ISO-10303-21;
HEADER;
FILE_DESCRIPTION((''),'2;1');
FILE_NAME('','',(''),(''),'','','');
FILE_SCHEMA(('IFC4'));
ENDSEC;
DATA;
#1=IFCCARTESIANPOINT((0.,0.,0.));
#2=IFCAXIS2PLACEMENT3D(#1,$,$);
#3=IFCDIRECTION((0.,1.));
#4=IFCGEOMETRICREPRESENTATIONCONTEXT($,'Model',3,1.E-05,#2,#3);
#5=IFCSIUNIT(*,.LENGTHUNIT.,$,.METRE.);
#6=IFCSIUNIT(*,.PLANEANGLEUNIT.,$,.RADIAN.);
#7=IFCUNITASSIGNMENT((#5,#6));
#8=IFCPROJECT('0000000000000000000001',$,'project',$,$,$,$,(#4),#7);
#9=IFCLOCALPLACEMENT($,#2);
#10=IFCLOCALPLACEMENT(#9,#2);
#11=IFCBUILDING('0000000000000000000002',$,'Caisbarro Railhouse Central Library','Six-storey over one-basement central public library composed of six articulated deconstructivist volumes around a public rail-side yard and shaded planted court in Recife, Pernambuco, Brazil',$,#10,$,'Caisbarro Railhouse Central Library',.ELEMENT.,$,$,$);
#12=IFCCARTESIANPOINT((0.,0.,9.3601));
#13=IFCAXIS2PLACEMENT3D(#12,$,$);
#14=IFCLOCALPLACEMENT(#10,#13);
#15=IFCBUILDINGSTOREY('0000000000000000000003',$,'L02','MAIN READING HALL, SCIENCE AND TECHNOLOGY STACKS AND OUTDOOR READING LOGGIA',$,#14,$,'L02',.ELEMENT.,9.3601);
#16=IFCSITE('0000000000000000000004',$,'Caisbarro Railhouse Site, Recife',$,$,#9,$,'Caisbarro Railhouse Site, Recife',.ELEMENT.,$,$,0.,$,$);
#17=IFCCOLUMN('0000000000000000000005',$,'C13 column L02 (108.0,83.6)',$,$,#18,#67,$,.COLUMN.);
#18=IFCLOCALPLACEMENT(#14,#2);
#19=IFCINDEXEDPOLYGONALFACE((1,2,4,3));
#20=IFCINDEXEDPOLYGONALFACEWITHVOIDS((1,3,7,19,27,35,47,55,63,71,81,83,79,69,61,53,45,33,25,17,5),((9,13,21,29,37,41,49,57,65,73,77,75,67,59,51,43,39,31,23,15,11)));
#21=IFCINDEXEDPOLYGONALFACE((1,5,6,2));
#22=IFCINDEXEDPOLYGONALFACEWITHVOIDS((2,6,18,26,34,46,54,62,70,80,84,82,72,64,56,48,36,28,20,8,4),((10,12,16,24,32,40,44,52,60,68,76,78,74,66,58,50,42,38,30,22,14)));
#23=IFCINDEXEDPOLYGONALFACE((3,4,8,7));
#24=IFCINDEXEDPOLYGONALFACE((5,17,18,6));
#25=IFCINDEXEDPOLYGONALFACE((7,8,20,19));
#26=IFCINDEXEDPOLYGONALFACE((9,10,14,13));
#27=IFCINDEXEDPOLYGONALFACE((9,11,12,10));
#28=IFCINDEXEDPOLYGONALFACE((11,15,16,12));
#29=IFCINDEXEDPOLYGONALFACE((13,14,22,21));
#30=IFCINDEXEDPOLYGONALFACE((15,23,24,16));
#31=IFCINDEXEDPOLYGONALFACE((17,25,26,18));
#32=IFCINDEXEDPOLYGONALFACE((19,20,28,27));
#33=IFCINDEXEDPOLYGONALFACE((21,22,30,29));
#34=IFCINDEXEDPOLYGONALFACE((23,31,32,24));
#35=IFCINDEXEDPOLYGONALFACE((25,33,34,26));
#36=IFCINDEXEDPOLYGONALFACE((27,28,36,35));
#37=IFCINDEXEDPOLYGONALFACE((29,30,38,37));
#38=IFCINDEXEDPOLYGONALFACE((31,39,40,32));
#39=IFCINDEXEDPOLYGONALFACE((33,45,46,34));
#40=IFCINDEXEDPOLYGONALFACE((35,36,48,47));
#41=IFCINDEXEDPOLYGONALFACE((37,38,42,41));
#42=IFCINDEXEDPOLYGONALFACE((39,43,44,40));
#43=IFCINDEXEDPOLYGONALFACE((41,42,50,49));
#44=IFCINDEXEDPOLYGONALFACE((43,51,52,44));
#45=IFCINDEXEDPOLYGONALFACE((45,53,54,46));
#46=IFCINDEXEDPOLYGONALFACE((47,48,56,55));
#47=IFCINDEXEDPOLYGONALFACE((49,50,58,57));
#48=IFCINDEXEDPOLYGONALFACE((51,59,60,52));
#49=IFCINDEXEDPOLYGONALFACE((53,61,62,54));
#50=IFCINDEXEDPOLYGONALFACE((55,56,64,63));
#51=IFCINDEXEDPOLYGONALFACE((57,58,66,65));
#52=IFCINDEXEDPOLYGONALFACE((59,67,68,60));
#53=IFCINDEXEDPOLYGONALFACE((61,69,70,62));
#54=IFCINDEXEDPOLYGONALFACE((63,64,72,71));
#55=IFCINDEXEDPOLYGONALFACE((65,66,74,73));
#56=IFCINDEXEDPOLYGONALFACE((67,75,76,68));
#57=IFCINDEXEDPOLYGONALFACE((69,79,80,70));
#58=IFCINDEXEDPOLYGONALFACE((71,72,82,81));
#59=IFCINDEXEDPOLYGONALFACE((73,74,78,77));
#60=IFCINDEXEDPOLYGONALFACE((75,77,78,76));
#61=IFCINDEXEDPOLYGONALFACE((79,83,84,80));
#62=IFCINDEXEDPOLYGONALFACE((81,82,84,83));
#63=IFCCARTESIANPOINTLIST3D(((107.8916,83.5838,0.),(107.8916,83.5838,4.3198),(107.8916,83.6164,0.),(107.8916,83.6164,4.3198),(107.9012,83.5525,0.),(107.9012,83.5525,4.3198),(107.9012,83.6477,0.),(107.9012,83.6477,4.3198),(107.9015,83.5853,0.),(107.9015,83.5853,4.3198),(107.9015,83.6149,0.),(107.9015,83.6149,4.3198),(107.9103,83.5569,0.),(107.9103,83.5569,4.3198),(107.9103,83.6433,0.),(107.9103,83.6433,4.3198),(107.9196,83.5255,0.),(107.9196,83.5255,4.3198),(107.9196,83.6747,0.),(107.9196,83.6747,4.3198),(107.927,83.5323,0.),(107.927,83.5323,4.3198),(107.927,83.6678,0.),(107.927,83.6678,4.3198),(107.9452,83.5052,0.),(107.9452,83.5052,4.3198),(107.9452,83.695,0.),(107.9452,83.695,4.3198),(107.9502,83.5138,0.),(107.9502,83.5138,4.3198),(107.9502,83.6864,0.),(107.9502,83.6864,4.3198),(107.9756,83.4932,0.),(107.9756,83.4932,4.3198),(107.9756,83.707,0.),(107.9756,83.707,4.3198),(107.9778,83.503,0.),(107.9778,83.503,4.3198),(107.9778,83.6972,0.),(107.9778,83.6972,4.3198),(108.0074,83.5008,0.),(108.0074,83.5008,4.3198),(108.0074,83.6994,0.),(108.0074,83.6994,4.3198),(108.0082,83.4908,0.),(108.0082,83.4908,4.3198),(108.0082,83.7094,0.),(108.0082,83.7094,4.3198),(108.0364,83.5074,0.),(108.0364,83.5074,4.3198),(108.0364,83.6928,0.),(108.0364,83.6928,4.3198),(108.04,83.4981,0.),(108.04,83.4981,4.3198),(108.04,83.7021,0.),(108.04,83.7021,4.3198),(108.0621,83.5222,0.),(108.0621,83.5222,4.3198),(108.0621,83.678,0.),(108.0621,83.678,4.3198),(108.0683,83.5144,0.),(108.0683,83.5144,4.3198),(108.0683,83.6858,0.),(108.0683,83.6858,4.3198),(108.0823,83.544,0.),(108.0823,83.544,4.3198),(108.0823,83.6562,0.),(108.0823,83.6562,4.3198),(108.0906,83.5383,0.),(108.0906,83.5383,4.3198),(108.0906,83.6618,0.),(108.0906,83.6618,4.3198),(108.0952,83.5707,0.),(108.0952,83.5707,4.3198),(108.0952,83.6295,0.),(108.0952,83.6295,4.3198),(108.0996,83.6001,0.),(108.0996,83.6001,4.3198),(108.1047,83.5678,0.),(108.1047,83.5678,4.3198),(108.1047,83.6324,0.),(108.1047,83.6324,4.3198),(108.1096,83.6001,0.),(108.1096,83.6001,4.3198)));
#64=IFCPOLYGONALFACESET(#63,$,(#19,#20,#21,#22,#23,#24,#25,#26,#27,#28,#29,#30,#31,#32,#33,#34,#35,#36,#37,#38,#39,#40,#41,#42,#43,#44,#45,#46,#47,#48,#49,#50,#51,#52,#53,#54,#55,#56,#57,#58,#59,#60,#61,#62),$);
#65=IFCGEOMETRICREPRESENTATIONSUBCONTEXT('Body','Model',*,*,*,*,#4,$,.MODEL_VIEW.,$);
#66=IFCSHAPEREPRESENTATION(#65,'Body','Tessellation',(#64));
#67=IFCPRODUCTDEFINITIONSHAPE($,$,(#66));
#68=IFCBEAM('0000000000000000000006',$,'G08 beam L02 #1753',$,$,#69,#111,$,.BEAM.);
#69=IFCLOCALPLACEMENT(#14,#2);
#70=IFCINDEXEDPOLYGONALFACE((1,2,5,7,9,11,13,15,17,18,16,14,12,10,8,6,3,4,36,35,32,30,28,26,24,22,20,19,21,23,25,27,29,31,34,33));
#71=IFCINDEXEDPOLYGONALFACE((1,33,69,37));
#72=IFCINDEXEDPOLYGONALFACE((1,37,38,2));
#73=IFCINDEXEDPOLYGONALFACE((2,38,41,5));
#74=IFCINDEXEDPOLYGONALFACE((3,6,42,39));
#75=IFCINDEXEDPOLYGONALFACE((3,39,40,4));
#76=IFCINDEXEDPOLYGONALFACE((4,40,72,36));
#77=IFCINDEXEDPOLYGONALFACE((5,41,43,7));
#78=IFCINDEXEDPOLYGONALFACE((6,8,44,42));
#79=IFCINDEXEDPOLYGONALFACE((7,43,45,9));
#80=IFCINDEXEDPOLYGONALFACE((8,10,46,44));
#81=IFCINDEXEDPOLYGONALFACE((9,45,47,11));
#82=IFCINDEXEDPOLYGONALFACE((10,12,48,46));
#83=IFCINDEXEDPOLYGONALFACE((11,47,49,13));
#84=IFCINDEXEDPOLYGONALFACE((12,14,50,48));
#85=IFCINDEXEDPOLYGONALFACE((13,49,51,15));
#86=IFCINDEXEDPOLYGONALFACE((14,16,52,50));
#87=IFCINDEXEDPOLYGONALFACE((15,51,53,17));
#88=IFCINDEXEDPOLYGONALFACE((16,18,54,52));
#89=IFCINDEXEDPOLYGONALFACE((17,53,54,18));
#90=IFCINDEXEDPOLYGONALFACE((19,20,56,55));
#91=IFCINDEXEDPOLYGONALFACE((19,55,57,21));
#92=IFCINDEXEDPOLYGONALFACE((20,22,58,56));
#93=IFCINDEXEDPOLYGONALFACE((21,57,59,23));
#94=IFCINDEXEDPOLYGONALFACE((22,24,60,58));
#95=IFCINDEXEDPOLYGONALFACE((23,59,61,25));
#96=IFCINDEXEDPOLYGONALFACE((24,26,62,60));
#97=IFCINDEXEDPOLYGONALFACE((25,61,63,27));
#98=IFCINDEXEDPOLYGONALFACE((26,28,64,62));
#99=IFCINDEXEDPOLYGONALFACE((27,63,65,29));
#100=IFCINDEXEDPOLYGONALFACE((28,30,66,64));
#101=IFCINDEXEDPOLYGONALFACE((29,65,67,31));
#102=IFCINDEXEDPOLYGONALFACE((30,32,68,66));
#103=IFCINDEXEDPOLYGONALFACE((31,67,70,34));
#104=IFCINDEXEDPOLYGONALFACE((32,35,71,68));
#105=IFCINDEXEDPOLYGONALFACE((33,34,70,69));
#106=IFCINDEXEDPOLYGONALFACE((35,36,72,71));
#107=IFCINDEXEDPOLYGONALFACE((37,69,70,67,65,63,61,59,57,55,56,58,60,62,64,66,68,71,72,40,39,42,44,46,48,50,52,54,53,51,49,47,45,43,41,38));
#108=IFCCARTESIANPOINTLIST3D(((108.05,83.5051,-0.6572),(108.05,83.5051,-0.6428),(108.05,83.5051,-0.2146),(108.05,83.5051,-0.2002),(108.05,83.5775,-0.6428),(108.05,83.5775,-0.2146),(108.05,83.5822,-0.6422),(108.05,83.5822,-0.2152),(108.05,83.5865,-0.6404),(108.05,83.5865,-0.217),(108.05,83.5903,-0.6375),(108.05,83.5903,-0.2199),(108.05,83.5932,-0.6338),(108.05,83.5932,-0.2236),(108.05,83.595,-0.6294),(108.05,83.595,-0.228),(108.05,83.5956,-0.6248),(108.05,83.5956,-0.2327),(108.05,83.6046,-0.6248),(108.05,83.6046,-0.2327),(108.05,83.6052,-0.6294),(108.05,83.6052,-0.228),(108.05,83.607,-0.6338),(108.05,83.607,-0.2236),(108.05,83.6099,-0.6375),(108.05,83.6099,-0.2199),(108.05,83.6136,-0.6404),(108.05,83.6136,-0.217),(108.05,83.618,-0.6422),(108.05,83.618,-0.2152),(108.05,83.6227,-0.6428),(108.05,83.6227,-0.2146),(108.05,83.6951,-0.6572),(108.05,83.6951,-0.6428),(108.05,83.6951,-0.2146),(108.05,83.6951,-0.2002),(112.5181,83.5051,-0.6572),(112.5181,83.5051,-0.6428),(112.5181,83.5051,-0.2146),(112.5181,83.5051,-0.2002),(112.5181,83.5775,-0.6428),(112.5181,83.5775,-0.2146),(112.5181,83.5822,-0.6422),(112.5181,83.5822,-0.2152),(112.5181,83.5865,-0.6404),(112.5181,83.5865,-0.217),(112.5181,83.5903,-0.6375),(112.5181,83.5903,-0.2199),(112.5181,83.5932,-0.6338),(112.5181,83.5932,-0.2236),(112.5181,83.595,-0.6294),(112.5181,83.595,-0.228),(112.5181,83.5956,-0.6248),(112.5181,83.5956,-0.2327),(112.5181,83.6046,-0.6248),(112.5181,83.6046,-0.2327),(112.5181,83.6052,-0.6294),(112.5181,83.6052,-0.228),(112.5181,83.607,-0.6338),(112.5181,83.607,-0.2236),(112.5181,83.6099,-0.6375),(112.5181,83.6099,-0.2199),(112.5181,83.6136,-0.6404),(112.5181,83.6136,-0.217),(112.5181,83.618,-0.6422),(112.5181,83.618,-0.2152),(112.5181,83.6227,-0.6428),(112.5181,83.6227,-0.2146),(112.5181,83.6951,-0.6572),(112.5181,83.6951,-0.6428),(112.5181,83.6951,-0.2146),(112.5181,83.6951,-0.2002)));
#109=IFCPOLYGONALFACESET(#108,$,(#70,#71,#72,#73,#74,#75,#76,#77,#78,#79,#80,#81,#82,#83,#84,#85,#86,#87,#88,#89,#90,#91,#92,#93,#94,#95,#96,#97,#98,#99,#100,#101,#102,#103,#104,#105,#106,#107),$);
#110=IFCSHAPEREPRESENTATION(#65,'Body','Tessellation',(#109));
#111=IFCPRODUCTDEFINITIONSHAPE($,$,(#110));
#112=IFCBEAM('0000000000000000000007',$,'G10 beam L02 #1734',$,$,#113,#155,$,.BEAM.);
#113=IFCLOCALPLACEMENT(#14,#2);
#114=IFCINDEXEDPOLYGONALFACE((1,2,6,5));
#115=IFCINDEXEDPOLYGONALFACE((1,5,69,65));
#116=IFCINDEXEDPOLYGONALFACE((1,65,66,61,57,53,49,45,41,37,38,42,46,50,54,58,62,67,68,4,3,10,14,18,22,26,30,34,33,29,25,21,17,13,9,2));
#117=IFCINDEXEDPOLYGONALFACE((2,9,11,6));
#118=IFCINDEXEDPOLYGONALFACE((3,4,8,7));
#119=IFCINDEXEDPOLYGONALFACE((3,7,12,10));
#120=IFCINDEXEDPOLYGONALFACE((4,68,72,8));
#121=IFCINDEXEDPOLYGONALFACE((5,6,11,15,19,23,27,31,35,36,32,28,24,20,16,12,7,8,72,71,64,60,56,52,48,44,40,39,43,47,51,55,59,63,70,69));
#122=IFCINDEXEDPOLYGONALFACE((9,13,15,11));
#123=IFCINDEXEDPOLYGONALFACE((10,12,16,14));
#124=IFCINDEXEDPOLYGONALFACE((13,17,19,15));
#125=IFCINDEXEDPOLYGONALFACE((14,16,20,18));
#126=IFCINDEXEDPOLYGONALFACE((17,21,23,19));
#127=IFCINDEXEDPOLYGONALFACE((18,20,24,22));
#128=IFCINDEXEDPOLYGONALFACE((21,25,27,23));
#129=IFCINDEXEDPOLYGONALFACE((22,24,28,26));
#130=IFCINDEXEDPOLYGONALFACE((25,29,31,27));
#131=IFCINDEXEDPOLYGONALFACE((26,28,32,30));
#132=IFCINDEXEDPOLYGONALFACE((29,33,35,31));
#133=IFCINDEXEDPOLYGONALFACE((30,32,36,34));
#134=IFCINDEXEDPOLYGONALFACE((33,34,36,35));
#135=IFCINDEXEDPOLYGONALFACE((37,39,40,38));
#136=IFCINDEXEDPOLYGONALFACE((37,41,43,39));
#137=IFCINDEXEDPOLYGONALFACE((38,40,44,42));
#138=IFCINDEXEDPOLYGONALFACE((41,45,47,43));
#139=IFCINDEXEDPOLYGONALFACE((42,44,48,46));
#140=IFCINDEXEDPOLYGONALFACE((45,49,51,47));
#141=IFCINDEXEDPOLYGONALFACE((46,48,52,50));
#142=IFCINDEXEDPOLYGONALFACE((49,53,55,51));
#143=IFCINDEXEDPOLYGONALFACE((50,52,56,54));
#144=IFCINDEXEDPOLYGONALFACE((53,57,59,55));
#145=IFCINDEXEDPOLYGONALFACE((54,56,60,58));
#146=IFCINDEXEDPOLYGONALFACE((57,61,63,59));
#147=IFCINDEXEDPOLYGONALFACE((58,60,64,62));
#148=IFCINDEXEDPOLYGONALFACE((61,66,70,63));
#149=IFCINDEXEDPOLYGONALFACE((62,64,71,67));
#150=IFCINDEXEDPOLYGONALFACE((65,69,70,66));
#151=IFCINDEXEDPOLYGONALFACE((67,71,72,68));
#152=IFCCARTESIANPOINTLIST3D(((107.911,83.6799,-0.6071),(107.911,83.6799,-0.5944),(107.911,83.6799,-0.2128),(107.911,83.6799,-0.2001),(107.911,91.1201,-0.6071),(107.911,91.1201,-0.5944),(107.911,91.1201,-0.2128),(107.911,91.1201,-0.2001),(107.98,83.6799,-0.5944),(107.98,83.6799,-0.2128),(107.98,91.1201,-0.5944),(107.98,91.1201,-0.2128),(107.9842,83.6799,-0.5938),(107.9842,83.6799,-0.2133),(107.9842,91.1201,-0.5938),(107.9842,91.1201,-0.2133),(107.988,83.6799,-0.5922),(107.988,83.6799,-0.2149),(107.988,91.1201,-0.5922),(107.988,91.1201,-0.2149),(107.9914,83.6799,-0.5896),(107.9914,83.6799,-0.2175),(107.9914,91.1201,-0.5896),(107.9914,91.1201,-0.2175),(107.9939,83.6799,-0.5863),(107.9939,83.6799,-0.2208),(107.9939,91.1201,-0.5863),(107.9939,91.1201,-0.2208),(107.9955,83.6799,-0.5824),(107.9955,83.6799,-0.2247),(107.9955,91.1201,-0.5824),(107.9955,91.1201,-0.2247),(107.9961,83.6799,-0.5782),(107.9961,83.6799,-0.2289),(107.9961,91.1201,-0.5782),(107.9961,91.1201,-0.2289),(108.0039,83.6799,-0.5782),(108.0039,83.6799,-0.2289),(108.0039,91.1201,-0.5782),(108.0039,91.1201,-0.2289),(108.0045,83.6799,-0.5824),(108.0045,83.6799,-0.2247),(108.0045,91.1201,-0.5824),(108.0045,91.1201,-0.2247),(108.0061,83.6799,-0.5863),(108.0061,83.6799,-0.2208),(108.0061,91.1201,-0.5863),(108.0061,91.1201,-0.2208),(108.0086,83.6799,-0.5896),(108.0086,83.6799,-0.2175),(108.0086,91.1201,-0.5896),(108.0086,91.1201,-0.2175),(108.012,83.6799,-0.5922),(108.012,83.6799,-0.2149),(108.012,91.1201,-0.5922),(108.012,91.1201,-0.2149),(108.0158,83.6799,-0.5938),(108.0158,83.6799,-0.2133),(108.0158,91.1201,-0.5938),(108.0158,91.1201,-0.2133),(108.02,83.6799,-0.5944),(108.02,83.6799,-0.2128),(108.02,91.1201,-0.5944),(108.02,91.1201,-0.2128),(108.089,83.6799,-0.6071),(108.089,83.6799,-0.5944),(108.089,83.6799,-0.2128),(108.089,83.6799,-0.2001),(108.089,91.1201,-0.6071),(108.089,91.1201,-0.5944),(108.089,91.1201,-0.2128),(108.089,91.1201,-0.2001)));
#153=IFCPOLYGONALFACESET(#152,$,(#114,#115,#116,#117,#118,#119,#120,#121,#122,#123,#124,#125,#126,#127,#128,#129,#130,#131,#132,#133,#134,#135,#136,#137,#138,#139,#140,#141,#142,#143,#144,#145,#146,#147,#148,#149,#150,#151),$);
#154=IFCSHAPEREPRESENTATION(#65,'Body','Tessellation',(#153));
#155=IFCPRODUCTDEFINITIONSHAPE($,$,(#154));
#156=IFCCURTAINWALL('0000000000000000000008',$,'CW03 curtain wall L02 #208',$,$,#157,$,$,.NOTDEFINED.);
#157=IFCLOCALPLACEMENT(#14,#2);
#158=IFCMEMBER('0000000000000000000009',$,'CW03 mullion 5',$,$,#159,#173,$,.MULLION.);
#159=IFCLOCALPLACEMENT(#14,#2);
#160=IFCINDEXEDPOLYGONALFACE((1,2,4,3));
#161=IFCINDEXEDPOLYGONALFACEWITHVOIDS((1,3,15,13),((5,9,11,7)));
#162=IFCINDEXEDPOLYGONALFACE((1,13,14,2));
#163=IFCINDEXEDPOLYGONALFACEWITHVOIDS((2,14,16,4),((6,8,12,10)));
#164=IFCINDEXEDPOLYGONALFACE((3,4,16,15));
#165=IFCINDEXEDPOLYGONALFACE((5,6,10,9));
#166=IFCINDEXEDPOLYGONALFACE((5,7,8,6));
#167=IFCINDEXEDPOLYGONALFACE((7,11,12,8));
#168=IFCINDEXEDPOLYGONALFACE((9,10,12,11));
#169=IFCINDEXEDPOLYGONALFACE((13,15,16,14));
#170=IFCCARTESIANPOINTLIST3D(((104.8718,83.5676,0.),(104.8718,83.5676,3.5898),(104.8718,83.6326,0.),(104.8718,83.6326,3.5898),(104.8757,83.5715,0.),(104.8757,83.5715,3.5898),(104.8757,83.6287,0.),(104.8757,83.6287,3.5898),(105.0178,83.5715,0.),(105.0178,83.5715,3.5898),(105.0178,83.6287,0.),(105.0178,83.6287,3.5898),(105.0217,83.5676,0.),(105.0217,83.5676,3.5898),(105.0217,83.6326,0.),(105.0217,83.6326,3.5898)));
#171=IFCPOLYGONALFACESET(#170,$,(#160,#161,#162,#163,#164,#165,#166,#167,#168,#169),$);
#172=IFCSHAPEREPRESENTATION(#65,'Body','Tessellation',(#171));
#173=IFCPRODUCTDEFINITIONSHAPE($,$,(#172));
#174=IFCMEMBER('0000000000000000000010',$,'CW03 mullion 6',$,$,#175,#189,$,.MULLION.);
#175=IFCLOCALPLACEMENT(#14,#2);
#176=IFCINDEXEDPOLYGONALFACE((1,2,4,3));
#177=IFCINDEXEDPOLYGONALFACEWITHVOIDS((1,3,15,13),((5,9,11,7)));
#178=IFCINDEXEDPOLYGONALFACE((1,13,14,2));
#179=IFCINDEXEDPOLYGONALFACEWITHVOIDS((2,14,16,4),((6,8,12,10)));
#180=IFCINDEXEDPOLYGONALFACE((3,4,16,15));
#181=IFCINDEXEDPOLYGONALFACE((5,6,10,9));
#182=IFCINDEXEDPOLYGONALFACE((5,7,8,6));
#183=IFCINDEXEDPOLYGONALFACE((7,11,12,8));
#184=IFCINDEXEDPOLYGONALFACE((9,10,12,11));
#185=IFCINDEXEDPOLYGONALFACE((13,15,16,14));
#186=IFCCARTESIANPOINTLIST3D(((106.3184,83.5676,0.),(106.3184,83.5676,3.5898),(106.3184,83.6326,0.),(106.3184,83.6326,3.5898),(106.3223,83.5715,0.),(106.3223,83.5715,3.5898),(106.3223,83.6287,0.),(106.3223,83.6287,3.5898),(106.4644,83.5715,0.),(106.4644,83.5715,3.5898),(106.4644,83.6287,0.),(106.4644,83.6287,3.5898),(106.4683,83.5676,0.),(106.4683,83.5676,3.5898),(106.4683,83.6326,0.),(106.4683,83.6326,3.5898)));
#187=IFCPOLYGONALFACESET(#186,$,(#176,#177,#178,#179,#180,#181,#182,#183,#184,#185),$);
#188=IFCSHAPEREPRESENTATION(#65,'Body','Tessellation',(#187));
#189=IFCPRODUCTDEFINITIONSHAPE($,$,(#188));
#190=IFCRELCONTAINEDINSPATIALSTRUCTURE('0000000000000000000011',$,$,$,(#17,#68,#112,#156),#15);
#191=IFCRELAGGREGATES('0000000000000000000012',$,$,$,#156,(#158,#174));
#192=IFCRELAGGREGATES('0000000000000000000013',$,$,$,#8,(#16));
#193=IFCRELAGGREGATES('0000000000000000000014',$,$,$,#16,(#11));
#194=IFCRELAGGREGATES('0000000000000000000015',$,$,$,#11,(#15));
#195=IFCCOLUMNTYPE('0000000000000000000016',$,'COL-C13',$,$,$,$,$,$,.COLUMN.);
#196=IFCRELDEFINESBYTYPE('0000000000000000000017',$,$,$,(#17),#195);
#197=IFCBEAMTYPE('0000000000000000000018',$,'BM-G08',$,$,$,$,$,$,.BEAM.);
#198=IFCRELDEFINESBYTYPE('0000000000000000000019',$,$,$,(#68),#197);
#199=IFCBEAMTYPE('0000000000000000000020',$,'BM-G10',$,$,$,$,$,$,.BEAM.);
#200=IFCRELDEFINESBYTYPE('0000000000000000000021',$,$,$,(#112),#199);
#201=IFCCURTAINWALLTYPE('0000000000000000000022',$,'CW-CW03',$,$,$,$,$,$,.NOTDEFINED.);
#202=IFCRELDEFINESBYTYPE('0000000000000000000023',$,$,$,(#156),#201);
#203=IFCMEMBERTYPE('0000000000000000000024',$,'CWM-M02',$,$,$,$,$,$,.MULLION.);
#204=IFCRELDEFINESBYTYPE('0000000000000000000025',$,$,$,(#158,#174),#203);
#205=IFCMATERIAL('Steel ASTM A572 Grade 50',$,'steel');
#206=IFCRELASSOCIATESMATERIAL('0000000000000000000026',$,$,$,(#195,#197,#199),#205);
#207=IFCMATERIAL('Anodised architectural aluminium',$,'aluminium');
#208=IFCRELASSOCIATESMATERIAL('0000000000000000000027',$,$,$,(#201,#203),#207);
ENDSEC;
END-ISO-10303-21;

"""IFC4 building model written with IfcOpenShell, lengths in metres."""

from ifc_helpers import new_model, si_unit, direction, frame, origin, origin_2d, place, context, subcontext, project, spatial, hollow_rectangle, hollow_circle, i_section, extrude, material, material_profile, profile_set, type_object, element, aggregate, save


model = new_model("IFC4")

# Units and contexts
model_context = context("Model", 3, precision=1e-05, world=origin(), true_north=direction((0.0, 1.0)))
body_context = subcontext(model_context, "Body", "Model", "MODEL_VIEW")
ifc_project = project(units=[si_unit("LENGTHUNIT", "METRE"), si_unit("PLANEANGLEUNIT", "RADIAN")], contexts=[model_context])

# Site, building, storey
site_placement = place(None, origin())
site = spatial("IfcSite", under=ifc_project, at=site_placement, Name="Caisbarro Railhouse Site, Recife", LongName="Caisbarro Railhouse Site, Recife", CompositionType="ELEMENT", RefElevation=0.0)
building_placement = place(site_placement, origin())
building = spatial("IfcBuilding", under=site, at=building_placement, Name="Caisbarro Railhouse Central Library", Description="Six-storey over one-basement central public library composed of six articulated deconstructivist volumes around a public rail-side yard and shaded planted court in Recife, Pernambuco, Brazil", LongName="Caisbarro Railhouse Central Library", CompositionType="ELEMENT")
storey_placement = place(building_placement, frame((0.0, 0.0, 9.3601)))
storey = spatial("IfcBuildingStorey", under=building, at=storey_placement, Name="L02", Description="MAIN READING HALL, SCIENCE AND TECHNOLOGY STACKS AND OUTDOOR READING LOGGIA", LongName="L02", CompositionType="ELEMENT", Elevation=9.3601)

# Column
ifc_material_1 = material(Name="Steel ASTM A572 Grade 50", Category="steel")
ifc_material_profile_1 = material_profile(ifc_material_1, hollow_circle(Radius=0.1096, WallThickness=0.01, at=origin_2d()), Name="CHS219.1X10")
ifc_profile_set_1 = profile_set([ifc_material_profile_1], Name="Steel ASTM A572 Grade 50")
column_type = type_object("IfcColumnType", Name="COL-C13", PredefinedType="COLUMN", material=ifc_profile_set_1)
column_placement = place(storey_placement, frame((108.0, 83.6001, 0.0), z_axis=(0.0, 0.0, 1.0), x_axis=(1.0, 0.0, 0.0)))
element("IfcColumn", 1, at=column_placement, inside=storey, type_object=column_type, Name="C13 column L02 (108.0,83.6)", PredefinedType="COLUMN", context=body_context, shape_type="SweptSolid", body=[
    extrude(hollow_circle(Radius=0.1096, WallThickness=0.01, at=origin_2d()), origin(), (0.0, 0.0, 1.0), 4.3198),
])

# Beams
ifc_material_profile_2 = material_profile(ifc_material_1, i_section(OverallWidth=0.1899, OverallDepth=0.457, WebThickness=0.009, FlangeThickness=0.0144, FilletRadius=0.0181, at=origin_2d()), Name="W460X74.0")
ifc_profile_set_2 = profile_set([ifc_material_profile_2], Name="Steel ASTM A572 Grade 50")
beam_type_1 = type_object("IfcBeamType", Name="BM-G08", PredefinedType="BEAM", material=ifc_profile_set_2)
beam_1_placement = place(storey_placement, frame((108.05, 83.6001, -0.4287), z_axis=(1.0, 0.0, 0.0), x_axis=(0.0, 1.0, 0.0)))
element("IfcBeam", 2, at=beam_1_placement, inside=storey, type_object=beam_type_1, Name="G08 beam L02 #1753", PredefinedType="BEAM", context=body_context, shape_type="SweptSolid", body=[
    extrude(i_section(OverallWidth=0.1899, OverallDepth=0.457, WebThickness=0.009, FlangeThickness=0.0144, FilletRadius=0.0181, at=origin_2d()), origin(), (0.0, 0.0, 1.0), 4.468),
])
ifc_material_profile_3 = material_profile(ifc_material_1, i_section(OverallWidth=0.178, OverallDepth=0.407, WebThickness=0.0078, FlangeThickness=0.0127, FilletRadius=0.0161, at=origin_2d()), Name="W410X60.0")
ifc_profile_set_3 = profile_set([ifc_material_profile_3], Name="Steel ASTM A572 Grade 50")
beam_type_2 = type_object("IfcBeamType", Name="BM-G10", PredefinedType="BEAM", material=ifc_profile_set_3)
beam_2_placement = place(storey_placement, frame((108.0, 83.6799, -0.4036), z_axis=(0.0, 1.0, 0.0), x_axis=(-1.0, 0.0, 0.0)))
element("IfcBeam", 3, at=beam_2_placement, inside=storey, type_object=beam_type_2, Name="G10 beam L02 #1734", PredefinedType="BEAM", context=body_context, shape_type="SweptSolid", body=[
    extrude(i_section(OverallWidth=0.178, OverallDepth=0.407, WebThickness=0.0078, FlangeThickness=0.0127, FilletRadius=0.0161, at=origin_2d()), origin(), (0.0, 0.0, 1.0), 7.4402),
])

# Curtain wall, members
ifc_material_2 = material(Name="Anodised architectural aluminium", Category="aluminium")
curtain_wall_type = type_object("IfcCurtainWallType", Name="CW-CW03", PredefinedType="NOTDEFINED", material=ifc_material_2)
curtain_wall_1_placement = place(storey_placement, origin())
curtain_wall_1 = element("IfcCurtainWall", 4, at=curtain_wall_1_placement, inside=storey, type_object=curtain_wall_type, Name="CW03 curtain wall L02 #208", PredefinedType="NOTDEFINED")
ifc_material_profile_4 = material_profile(ifc_material_2, hollow_rectangle(XDim=0.0649, YDim=0.1499, WallThickness=0.0039, at=origin_2d()), Name="ALU-MUL-65X150")
ifc_profile_set_4 = profile_set([ifc_material_profile_4], Name="Anodised architectural aluminium")
member_type_1 = type_object("IfcMemberType", Name="CWM-M02", PredefinedType="MULLION", material=ifc_profile_set_4)
member_1_placement = place(storey_placement, frame((104.9468, 83.6001, 0.0), z_axis=(0.0, 0.0, 1.0), x_axis=(0.0, 1.0, 0.0)))
member_1 = element("IfcMember", 5, at=member_1_placement, type_object=member_type_1, Name="CW03 mullion 5", PredefinedType="MULLION", context=body_context, shape_type="SweptSolid", body=[
    extrude(hollow_rectangle(XDim=0.0649, YDim=0.1499, WallThickness=0.0039, at=origin_2d()), origin(), (0.0, 0.0, 1.0), 3.5898),
])
member_2_placement = place(storey_placement, frame((106.3933, 83.6001, 0.0), z_axis=(0.0, 0.0, 1.0), x_axis=(0.0, 1.0, 0.0)))
member_2 = element("IfcMember", 6, at=member_2_placement, type_object=member_type_1, Name="CW03 mullion 6", PredefinedType="MULLION", context=body_context, shape_type="SweptSolid", body=[
    extrude(hollow_rectangle(XDim=0.0649, YDim=0.1499, WallThickness=0.0039, at=origin_2d()), origin(), (0.0, 0.0, 1.0), 3.5898),
])

aggregate(curtain_wall_1, [member_1, member_2])

save(model, "model.ifc")
